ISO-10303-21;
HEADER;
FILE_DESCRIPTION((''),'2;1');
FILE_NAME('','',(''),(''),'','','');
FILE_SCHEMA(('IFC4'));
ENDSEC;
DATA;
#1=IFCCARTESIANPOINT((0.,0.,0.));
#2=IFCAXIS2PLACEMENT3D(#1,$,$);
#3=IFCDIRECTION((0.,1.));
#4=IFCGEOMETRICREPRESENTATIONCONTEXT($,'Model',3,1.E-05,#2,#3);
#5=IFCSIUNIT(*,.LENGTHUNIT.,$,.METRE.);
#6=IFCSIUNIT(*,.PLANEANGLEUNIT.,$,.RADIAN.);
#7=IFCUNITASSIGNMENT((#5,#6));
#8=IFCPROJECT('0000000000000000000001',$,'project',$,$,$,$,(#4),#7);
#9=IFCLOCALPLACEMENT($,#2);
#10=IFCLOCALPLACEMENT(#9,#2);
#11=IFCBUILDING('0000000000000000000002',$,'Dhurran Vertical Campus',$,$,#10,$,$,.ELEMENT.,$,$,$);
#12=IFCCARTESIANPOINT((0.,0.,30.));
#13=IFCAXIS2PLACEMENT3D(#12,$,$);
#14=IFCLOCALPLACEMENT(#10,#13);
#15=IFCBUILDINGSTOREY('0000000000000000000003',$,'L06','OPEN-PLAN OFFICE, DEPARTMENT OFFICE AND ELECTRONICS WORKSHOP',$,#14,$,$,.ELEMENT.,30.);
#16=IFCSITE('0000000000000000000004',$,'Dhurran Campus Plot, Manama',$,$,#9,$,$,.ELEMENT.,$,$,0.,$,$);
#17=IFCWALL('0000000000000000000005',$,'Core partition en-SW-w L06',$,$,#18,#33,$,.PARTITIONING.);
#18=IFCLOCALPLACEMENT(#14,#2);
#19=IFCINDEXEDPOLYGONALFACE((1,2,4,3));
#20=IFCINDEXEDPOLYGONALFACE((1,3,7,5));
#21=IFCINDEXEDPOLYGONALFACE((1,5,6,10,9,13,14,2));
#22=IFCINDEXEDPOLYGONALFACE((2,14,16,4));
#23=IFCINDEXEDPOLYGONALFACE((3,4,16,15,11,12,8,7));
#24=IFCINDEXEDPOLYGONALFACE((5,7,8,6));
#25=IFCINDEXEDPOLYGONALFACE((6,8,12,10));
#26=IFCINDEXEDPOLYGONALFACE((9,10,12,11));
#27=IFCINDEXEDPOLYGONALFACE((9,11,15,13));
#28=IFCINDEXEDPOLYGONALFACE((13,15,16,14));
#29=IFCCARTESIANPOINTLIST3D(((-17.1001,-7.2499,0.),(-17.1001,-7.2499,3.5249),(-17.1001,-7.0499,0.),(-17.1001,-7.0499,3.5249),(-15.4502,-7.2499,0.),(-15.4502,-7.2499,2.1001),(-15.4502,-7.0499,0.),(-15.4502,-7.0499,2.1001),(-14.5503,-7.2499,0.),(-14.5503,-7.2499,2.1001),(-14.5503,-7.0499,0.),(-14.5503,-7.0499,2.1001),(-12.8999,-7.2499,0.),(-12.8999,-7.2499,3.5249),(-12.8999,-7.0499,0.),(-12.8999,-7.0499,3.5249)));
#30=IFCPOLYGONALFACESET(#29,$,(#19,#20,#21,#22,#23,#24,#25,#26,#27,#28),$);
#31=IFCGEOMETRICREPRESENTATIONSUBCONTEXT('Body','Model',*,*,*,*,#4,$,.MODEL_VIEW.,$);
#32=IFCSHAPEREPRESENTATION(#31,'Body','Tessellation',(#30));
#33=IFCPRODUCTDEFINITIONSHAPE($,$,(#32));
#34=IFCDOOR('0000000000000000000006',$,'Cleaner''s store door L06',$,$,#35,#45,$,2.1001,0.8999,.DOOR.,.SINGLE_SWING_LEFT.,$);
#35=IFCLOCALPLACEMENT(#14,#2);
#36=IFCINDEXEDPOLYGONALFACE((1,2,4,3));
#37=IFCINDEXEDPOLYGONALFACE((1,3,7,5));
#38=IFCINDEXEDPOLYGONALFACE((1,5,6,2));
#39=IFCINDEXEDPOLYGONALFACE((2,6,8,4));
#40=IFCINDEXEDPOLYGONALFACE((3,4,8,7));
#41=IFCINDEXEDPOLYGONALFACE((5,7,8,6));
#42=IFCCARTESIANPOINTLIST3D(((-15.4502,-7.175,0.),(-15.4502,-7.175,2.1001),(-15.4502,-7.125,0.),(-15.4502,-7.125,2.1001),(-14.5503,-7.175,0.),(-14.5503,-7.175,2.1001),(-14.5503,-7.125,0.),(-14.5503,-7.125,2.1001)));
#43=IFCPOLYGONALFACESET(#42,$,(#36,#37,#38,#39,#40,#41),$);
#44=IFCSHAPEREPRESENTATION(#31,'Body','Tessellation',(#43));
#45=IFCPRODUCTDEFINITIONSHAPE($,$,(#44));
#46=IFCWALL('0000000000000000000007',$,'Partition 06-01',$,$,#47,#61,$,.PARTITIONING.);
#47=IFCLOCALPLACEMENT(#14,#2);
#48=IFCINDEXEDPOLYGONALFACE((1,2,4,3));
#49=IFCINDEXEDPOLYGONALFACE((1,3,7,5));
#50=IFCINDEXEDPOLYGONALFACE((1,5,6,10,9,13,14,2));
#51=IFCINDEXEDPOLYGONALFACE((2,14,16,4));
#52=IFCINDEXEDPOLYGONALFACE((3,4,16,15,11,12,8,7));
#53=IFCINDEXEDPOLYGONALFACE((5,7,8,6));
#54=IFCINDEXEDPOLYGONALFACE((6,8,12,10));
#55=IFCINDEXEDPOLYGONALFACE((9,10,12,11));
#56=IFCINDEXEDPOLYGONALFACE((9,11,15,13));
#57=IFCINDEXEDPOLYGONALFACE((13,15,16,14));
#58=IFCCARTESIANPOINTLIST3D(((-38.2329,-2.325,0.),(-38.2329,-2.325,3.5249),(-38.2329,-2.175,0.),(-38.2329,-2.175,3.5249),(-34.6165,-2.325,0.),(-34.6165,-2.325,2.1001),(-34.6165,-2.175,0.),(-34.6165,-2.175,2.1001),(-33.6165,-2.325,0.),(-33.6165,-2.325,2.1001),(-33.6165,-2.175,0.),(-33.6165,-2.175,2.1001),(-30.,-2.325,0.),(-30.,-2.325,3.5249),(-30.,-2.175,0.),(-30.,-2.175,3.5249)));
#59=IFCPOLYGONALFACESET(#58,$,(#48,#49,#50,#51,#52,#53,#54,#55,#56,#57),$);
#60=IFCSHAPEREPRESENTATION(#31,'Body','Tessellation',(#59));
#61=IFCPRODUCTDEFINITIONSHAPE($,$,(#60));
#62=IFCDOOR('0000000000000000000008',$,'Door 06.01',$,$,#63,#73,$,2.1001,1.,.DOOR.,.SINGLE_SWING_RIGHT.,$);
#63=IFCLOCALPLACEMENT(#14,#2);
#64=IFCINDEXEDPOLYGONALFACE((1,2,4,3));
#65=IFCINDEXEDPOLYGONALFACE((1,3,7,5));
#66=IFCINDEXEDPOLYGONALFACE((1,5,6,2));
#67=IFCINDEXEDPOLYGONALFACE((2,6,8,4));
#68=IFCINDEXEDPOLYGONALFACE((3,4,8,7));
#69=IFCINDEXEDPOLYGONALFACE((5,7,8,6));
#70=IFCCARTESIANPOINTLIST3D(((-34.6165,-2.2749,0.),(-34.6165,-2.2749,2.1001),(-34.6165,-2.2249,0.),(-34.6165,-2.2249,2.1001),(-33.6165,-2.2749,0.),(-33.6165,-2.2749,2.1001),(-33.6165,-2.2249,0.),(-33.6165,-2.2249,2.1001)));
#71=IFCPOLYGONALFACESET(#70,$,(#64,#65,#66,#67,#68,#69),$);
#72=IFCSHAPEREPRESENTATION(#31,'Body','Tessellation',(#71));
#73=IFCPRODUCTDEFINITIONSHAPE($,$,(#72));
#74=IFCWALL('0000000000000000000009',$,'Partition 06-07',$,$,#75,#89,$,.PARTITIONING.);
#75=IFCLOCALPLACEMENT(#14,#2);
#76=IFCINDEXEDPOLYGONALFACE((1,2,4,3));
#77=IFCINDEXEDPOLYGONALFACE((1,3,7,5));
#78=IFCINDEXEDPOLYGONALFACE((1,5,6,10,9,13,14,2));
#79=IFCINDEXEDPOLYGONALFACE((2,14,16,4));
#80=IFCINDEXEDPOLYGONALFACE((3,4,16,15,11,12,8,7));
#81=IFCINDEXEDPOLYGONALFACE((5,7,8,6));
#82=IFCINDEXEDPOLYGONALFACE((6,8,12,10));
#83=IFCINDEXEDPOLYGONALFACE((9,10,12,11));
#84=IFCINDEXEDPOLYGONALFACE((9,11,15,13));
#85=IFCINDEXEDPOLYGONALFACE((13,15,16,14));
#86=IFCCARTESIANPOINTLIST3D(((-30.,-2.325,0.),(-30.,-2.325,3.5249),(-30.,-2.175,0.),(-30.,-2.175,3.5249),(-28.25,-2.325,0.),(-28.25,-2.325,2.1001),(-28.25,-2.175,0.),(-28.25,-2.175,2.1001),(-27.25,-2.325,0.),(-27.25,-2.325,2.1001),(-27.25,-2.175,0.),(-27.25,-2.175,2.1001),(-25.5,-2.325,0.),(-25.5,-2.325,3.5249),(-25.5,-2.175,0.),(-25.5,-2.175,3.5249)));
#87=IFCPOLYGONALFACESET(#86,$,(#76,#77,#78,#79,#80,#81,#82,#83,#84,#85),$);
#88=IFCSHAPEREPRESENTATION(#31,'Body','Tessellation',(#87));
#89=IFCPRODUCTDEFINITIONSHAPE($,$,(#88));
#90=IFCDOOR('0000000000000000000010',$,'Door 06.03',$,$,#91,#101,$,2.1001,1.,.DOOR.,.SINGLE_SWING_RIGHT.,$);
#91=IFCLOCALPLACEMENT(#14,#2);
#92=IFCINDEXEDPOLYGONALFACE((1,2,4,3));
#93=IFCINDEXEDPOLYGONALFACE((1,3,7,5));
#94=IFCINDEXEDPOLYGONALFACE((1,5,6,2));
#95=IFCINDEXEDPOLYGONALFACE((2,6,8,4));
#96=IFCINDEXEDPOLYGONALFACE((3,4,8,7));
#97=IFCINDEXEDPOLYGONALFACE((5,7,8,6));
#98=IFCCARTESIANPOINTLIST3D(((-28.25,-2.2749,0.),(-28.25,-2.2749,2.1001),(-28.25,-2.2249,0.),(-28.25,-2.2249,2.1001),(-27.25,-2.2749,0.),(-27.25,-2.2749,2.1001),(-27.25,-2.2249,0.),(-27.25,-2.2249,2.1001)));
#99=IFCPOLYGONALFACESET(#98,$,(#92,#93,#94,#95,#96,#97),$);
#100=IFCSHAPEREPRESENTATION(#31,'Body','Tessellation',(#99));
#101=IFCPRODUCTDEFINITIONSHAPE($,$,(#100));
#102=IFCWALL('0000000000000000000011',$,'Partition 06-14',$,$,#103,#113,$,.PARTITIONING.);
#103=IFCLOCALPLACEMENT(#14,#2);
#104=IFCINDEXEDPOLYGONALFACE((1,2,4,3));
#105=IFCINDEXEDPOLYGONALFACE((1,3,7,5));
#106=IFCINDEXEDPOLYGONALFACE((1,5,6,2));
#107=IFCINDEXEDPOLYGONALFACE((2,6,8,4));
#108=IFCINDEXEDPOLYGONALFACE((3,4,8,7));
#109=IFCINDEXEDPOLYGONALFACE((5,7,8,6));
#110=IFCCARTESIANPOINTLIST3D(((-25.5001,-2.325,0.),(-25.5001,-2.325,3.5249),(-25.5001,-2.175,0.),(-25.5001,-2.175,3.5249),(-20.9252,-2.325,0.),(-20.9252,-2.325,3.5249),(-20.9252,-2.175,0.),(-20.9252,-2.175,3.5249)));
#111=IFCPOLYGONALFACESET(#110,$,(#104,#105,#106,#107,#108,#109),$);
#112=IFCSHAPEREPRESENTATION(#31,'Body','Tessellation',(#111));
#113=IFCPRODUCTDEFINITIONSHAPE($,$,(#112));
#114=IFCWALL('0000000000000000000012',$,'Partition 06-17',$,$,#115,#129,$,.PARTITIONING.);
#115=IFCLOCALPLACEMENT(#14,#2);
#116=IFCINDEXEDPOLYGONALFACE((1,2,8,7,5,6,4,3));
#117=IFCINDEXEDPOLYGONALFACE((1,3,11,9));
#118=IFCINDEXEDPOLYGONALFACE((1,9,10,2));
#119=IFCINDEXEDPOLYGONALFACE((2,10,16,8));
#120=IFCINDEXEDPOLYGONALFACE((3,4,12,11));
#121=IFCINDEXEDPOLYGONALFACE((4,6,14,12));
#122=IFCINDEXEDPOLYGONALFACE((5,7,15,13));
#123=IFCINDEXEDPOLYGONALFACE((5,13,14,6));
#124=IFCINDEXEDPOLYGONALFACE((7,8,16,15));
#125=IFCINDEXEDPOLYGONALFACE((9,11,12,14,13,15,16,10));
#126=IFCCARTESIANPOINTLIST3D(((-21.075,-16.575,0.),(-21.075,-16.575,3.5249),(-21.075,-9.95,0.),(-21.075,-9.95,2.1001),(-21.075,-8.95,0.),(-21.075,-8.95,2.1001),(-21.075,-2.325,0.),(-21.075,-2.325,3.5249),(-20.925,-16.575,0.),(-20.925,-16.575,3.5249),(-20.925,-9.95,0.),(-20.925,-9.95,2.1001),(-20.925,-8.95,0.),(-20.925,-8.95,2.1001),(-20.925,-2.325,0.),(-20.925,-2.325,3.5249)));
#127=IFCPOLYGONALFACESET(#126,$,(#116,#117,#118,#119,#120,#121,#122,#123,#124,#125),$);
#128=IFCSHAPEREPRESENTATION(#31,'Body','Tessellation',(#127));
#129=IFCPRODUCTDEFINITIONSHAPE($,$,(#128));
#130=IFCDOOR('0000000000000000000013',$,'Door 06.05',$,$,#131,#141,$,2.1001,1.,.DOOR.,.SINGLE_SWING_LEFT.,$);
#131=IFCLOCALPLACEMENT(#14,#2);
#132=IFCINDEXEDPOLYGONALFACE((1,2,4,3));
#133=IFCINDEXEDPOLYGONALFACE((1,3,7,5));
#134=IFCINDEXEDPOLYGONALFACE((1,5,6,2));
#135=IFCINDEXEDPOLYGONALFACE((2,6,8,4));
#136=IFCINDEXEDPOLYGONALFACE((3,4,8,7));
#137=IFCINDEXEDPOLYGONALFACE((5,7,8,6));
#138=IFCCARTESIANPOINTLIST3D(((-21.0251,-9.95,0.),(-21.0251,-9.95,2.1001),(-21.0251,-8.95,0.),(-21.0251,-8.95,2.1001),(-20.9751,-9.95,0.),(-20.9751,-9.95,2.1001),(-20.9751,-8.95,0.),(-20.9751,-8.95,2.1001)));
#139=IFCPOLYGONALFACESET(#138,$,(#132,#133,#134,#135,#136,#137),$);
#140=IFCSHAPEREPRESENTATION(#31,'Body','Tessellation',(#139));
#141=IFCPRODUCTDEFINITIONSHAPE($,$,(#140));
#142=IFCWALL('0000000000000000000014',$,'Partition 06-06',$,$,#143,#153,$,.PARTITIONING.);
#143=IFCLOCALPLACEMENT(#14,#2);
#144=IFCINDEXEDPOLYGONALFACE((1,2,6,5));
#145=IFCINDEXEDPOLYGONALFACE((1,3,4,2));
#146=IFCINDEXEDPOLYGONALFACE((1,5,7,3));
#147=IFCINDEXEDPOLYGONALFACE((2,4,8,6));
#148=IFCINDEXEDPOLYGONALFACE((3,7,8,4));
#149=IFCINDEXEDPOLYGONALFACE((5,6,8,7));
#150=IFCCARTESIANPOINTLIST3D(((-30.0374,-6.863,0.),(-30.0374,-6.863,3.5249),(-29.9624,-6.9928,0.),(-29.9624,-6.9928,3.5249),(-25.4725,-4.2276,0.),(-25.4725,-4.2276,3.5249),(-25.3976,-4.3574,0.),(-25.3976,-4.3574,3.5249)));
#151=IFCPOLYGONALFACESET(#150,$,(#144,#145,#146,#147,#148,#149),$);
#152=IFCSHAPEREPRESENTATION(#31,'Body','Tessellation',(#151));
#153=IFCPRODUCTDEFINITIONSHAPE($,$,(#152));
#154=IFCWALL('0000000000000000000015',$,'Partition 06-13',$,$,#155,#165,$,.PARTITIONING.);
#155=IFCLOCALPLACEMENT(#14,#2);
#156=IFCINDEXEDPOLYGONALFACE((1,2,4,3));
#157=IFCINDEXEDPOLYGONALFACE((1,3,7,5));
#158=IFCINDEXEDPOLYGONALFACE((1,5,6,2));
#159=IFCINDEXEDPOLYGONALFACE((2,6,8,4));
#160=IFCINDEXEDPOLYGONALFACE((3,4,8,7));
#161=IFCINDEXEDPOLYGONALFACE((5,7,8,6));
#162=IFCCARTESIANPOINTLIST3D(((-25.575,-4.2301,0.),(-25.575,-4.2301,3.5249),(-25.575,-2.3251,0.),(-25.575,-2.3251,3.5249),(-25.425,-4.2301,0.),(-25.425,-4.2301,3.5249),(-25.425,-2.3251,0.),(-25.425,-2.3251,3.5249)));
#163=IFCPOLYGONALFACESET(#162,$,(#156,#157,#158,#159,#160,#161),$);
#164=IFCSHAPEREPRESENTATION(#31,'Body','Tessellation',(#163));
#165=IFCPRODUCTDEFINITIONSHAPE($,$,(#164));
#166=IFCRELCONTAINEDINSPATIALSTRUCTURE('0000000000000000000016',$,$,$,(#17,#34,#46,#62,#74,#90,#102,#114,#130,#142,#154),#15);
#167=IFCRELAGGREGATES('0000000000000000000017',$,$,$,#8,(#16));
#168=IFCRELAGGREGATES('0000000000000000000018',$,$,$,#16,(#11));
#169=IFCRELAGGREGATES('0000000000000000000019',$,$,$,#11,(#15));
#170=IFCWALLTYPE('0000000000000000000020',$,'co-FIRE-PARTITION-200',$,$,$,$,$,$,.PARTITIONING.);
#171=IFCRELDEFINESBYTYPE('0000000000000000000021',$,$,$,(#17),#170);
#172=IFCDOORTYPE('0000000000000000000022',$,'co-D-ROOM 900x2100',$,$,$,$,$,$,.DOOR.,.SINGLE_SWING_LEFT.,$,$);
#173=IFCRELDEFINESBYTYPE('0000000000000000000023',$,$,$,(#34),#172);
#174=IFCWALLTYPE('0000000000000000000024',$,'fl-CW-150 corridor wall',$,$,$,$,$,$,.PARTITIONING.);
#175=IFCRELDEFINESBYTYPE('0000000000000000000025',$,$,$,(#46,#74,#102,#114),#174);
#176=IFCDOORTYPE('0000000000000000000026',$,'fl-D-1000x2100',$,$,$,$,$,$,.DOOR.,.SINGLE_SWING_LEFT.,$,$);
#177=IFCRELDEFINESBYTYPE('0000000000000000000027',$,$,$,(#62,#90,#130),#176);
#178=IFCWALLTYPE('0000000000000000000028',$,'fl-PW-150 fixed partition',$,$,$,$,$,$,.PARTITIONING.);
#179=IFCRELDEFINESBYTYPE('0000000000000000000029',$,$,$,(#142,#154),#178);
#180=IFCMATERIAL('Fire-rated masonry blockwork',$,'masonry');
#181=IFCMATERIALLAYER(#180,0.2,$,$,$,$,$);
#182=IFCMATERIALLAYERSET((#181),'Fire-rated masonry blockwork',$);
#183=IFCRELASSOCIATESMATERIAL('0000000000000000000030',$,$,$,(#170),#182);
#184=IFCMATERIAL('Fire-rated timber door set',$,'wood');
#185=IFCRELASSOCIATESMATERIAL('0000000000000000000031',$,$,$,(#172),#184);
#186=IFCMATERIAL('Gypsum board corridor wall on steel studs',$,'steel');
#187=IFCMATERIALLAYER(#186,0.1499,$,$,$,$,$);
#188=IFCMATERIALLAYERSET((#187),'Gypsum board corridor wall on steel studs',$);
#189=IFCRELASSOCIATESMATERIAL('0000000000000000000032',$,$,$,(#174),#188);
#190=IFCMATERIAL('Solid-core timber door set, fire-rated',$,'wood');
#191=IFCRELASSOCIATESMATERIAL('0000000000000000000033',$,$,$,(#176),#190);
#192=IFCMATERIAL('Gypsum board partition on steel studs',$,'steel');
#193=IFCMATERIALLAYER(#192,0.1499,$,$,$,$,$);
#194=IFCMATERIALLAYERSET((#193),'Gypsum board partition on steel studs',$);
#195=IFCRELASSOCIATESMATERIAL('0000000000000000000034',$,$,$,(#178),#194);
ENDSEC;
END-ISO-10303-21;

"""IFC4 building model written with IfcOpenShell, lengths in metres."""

from ifc_helpers import new_model, si_unit, direction, frame, frame_2d, origin, place, context, subcontext, project, spatial, rectangle, extrude, material, layer, layer_set, type_object, element, fill, save


model = new_model("IFC4")

# Units and contexts
model_context = context("Model", 3, precision=1e-05, world=origin(), true_north=direction((0.0, 1.0)))
body_context = subcontext(model_context, "Body", "Model", "MODEL_VIEW")
ifc_project = project(units=[si_unit("LENGTHUNIT", "METRE"), si_unit("PLANEANGLEUNIT", "RADIAN")], contexts=[model_context])

# Site, building, storey
site_placement = place(None, origin())
site = spatial("IfcSite", under=ifc_project, at=site_placement, Name="Dhurran Campus Plot, Manama", CompositionType="ELEMENT", RefElevation=0.0)
building_placement = place(site_placement, origin())
building = spatial("IfcBuilding", under=site, at=building_placement, Name="Dhurran Vertical Campus", CompositionType="ELEMENT")
storey_placement = place(building_placement, frame((0.0, 0.0, 30.0)))
storey = spatial("IfcBuildingStorey", under=building, at=storey_placement, Name="L06", Description="OPEN-PLAN OFFICE, DEPARTMENT OFFICE AND ELECTRONICS WORKSHOP", CompositionType="ELEMENT", Elevation=30.0)

# Walls, openings, doors
ifc_material_1 = material(Name="Fire-rated masonry blockwork", Category="masonry")
ifc_layer_1 = layer(ifc_material_1, 0.2)
ifc_layer_set_1 = layer_set([ifc_layer_1], Name="Fire-rated masonry blockwork")
wall_type_1 = type_object("IfcWallType", Name="co-FIRE-PARTITION-200", PredefinedType="PARTITIONING", material=ifc_layer_set_1)
wall_1_placement = place(storey_placement, frame((-17.1001, -7.1499, 0.0), z_axis=(0.0, 0.0, 1.0), x_axis=(1.0, 0.0, 0.0)))
wall_1 = element("IfcWall", 1, at=wall_1_placement, inside=storey, type_object=wall_type_1, Name="Core partition en-SW-w L06", PredefinedType="PARTITIONING", context=body_context, shape_type="SweptSolid", body=[
    extrude(rectangle(XDim=4.2002, YDim=0.2, at=frame_2d((2.1001, 0.0))), origin(), (0.0, 0.0, 1.0), 3.5249),
])
opening_1_placement = place(wall_1_placement, frame((1.6499, 0.0, 0.0)))
opening_1 = element("IfcOpeningElement", 2, at=opening_1_placement, cuts=wall_1, PredefinedType="OPENING", context=body_context, shape_type="SweptSolid", body=[
    extrude(rectangle(XDim=0.8999, YDim=2.1001, at=frame_2d((0.45, 1.05))), frame((0.0, 0.1099, 0.0), z_axis=(0.0, -1.0, 0.0), x_axis=(1.0, 0.0, 0.0)), (0.0, 0.0, 1.0), 0.22),
])
ifc_material_2 = material(Name="Fire-rated timber door set", Category="wood")
door_type_1 = type_object("IfcDoorType", Name="co-D-ROOM 900x2100", OperationType="SINGLE_SWING_LEFT", PredefinedType="DOOR", material=ifc_material_2)
door_1_placement = place(opening_1_placement, origin())
door_1 = element("IfcDoor", 3, at=door_1_placement, inside=storey, type_object=door_type_1, Name="Cleaner's store door L06", OperationType="SINGLE_SWING_LEFT", OverallHeight=2.1001, OverallWidth=0.8999, PredefinedType="DOOR", context=body_context, shape_type="SweptSolid", body=[
    extrude(rectangle(XDim=0.8999, YDim=2.1001, at=frame_2d((0.45, 1.05))), frame((0.0, 0.0249, 0.0), z_axis=(0.0, -1.0, 0.0), x_axis=(1.0, 0.0, 0.0)), (0.0, 0.0, 1.0), 0.05),
])
fill(opening_1, door_1)
ifc_material_3 = material(Name="Gypsum board corridor wall on steel studs", Category="steel")
ifc_layer_2 = layer(ifc_material_3, 0.1499)
ifc_layer_set_2 = layer_set([ifc_layer_2], Name="Gypsum board corridor wall on steel studs")
wall_type_2 = type_object("IfcWallType", Name="fl-CW-150 corridor wall", PredefinedType="PARTITIONING", material=ifc_layer_set_2)
wall_2_placement = place(storey_placement, frame((-30.0, -2.25, 0.0), z_axis=(0.0, 0.0, 1.0), x_axis=(-1.0, 0.0, 0.0)))
wall_2 = element("IfcWall", 4, at=wall_2_placement, inside=storey, type_object=wall_type_2, Name="Partition 06-01", PredefinedType="PARTITIONING", context=body_context, shape_type="SweptSolid", body=[
    extrude(rectangle(XDim=8.2329, YDim=0.1499, at=frame_2d((4.1165, 0.0))), origin(), (0.0, 0.0, 1.0), 3.5249),
])
opening_2_placement = place(wall_2_placement, frame((3.6165, 0.0, 0.0)))
opening_2 = element("IfcOpeningElement", 5, at=opening_2_placement, cuts=wall_2, PredefinedType="OPENING", context=body_context, shape_type="SweptSolid", body=[
    extrude(rectangle(XDim=1.0, YDim=2.1001, at=frame_2d((0.5, 1.05))), frame((0.0, 0.085, 0.0), z_axis=(0.0, -1.0, 0.0), x_axis=(1.0, 0.0, 0.0)), (0.0, 0.0, 1.0), 0.1699),
])
ifc_material_4 = material(Name="Solid-core timber door set, fire-rated", Category="wood")
door_type_2 = type_object("IfcDoorType", Name="fl-D-1000x2100", OperationType="SINGLE_SWING_LEFT", PredefinedType="DOOR", material=ifc_material_4)
door_2_placement = place(opening_2_placement, origin())
door_2 = element("IfcDoor", 6, at=door_2_placement, inside=storey, type_object=door_type_2, Name="Door 06.01", OperationType="SINGLE_SWING_RIGHT", OverallHeight=2.1001, OverallWidth=1.0, PredefinedType="DOOR", context=body_context, shape_type="SweptSolid", body=[
    extrude(rectangle(XDim=1.0, YDim=2.1001, at=frame_2d((0.5, 1.05))), frame((0.0, 0.0249, 0.0), z_axis=(0.0, -1.0, 0.0), x_axis=(1.0, 0.0, 0.0)), (0.0, 0.0, 1.0), 0.05),
])
fill(opening_2, door_2)
wall_3_placement = place(storey_placement, frame((-25.5, -2.25, 0.0), z_axis=(0.0, 0.0, 1.0), x_axis=(-1.0, 0.0, 0.0)))
wall_3 = element("IfcWall", 7, at=wall_3_placement, inside=storey, type_object=wall_type_2, Name="Partition 06-07", PredefinedType="PARTITIONING", context=body_context, shape_type="SweptSolid", body=[
    extrude(rectangle(XDim=4.5, YDim=0.1499, at=frame_2d((2.25, 0.0))), origin(), (0.0, 0.0, 1.0), 3.5249),
])
opening_3_placement = place(wall_3_placement, frame((1.75, 0.0, 0.0)))
opening_3 = element("IfcOpeningElement", 8, at=opening_3_placement, cuts=wall_3, PredefinedType="OPENING", context=body_context, shape_type="SweptSolid", body=[
    extrude(rectangle(XDim=1.0, YDim=2.1001, at=frame_2d((0.5, 1.05))), frame((0.0, 0.085, 0.0), z_axis=(0.0, -1.0, 0.0), x_axis=(1.0, 0.0, 0.0)), (0.0, 0.0, 1.0), 0.1699),
])
door_3_placement = place(opening_3_placement, origin())
door_3 = element("IfcDoor", 9, at=door_3_placement, inside=storey, type_object=door_type_2, Name="Door 06.03", OperationType="SINGLE_SWING_RIGHT", OverallHeight=2.1001, OverallWidth=1.0, PredefinedType="DOOR", context=body_context, shape_type="SweptSolid", body=[
    extrude(rectangle(XDim=1.0, YDim=2.1001, at=frame_2d((0.5, 1.05))), frame((0.0, 0.0249, 0.0), z_axis=(0.0, -1.0, 0.0), x_axis=(1.0, 0.0, 0.0)), (0.0, 0.0, 1.0), 0.05),
])
fill(opening_3, door_3)

# Wall
wall_4_placement = place(storey_placement, frame((-20.925, -2.25, 0.0), z_axis=(0.0, 0.0, 1.0), x_axis=(-1.0, 0.0, 0.0)))
element("IfcWall", 10, at=wall_4_placement, inside=storey, type_object=wall_type_2, Name="Partition 06-14", PredefinedType="PARTITIONING", context=body_context, shape_type="SweptSolid", body=[
    extrude(rectangle(XDim=4.575, YDim=0.1499, at=frame_2d((2.2876, 0.0))), origin(), (0.0, 0.0, 1.0), 3.5249),
])

# Wall, opening, door
wall_5_placement = place(storey_placement, frame((-21.0, -2.325, 0.0), z_axis=(0.0, 0.0, 1.0), x_axis=(0.0, -1.0, 0.0)))
wall_5 = element("IfcWall", 11, at=wall_5_placement, inside=storey, type_object=wall_type_2, Name="Partition 06-17", PredefinedType="PARTITIONING", context=body_context, shape_type="SweptSolid", body=[
    extrude(rectangle(XDim=14.25, YDim=0.1499, at=frame_2d((7.125, 0.0))), origin(), (0.0, 0.0, 1.0), 3.5249),
])
opening_4_placement = place(wall_5_placement, frame((6.625, 0.0, 0.0)))
opening_4 = element("IfcOpeningElement", 12, at=opening_4_placement, cuts=wall_5, PredefinedType="OPENING", context=body_context, shape_type="SweptSolid", body=[
    extrude(rectangle(XDim=1.0, YDim=2.1001, at=frame_2d((0.5, 1.05))), frame((0.0, 0.085, 0.0), z_axis=(0.0, -1.0, 0.0), x_axis=(1.0, 0.0, 0.0)), (0.0, 0.0, 1.0), 0.1699),
])
door_4_placement = place(opening_4_placement, origin())
door_4 = element("IfcDoor", 13, at=door_4_placement, inside=storey, type_object=door_type_2, Name="Door 06.05", OperationType="SINGLE_SWING_LEFT", OverallHeight=2.1001, OverallWidth=1.0, PredefinedType="DOOR", context=body_context, shape_type="SweptSolid", body=[
    extrude(rectangle(XDim=1.0, YDim=2.1001, at=frame_2d((0.5, 1.05))), frame((0.0, 0.0249, 0.0), z_axis=(0.0, -1.0, 0.0), x_axis=(1.0, 0.0, 0.0)), (0.0, 0.0, 1.0), 0.05),
])
fill(opening_4, door_4)

# Walls
ifc_material_5 = material(Name="Gypsum board partition on steel studs", Category="steel")
ifc_layer_3 = layer(ifc_material_5, 0.1499)
ifc_layer_set_3 = layer_set([ifc_layer_3], Name="Gypsum board partition on steel studs")
wall_type_3 = type_object("IfcWallType", Name="fl-PW-150 fixed partition", PredefinedType="PARTITIONING", material=ifc_layer_set_3)
wall_6_placement = place(storey_placement, frame((-25.4351, -4.2925, 0.0), z_axis=(0.0, 0.0, 1.0), x_axis=(-0.866031, -0.49999, 0.0)))
element("IfcWall", 14, at=wall_6_placement, inside=storey, type_object=wall_type_3, Name="Partition 06-06", PredefinedType="PARTITIONING", context=body_context, shape_type="SweptSolid", body=[
    extrude(rectangle(XDim=5.271, YDim=0.1499, at=frame_2d((2.6355, 0.0))), origin(), (0.0, 0.0, 1.0), 3.5249),
])
wall_7_placement = place(storey_placement, frame((-25.5, -2.325, 0.0), z_axis=(0.0, 0.0, 1.0), x_axis=(0.0, -1.0, 0.0)))
element("IfcWall", 15, at=wall_7_placement, inside=storey, type_object=wall_type_3, Name="Partition 06-13", PredefinedType="PARTITIONING", context=body_context, shape_type="SweptSolid", body=[
    extrude(rectangle(XDim=1.905, YDim=0.1499, at=frame_2d((0.9526, 0.0))), origin(), (0.0, 0.0, 1.0), 3.5249),
])

save(model, "model.ifc")
